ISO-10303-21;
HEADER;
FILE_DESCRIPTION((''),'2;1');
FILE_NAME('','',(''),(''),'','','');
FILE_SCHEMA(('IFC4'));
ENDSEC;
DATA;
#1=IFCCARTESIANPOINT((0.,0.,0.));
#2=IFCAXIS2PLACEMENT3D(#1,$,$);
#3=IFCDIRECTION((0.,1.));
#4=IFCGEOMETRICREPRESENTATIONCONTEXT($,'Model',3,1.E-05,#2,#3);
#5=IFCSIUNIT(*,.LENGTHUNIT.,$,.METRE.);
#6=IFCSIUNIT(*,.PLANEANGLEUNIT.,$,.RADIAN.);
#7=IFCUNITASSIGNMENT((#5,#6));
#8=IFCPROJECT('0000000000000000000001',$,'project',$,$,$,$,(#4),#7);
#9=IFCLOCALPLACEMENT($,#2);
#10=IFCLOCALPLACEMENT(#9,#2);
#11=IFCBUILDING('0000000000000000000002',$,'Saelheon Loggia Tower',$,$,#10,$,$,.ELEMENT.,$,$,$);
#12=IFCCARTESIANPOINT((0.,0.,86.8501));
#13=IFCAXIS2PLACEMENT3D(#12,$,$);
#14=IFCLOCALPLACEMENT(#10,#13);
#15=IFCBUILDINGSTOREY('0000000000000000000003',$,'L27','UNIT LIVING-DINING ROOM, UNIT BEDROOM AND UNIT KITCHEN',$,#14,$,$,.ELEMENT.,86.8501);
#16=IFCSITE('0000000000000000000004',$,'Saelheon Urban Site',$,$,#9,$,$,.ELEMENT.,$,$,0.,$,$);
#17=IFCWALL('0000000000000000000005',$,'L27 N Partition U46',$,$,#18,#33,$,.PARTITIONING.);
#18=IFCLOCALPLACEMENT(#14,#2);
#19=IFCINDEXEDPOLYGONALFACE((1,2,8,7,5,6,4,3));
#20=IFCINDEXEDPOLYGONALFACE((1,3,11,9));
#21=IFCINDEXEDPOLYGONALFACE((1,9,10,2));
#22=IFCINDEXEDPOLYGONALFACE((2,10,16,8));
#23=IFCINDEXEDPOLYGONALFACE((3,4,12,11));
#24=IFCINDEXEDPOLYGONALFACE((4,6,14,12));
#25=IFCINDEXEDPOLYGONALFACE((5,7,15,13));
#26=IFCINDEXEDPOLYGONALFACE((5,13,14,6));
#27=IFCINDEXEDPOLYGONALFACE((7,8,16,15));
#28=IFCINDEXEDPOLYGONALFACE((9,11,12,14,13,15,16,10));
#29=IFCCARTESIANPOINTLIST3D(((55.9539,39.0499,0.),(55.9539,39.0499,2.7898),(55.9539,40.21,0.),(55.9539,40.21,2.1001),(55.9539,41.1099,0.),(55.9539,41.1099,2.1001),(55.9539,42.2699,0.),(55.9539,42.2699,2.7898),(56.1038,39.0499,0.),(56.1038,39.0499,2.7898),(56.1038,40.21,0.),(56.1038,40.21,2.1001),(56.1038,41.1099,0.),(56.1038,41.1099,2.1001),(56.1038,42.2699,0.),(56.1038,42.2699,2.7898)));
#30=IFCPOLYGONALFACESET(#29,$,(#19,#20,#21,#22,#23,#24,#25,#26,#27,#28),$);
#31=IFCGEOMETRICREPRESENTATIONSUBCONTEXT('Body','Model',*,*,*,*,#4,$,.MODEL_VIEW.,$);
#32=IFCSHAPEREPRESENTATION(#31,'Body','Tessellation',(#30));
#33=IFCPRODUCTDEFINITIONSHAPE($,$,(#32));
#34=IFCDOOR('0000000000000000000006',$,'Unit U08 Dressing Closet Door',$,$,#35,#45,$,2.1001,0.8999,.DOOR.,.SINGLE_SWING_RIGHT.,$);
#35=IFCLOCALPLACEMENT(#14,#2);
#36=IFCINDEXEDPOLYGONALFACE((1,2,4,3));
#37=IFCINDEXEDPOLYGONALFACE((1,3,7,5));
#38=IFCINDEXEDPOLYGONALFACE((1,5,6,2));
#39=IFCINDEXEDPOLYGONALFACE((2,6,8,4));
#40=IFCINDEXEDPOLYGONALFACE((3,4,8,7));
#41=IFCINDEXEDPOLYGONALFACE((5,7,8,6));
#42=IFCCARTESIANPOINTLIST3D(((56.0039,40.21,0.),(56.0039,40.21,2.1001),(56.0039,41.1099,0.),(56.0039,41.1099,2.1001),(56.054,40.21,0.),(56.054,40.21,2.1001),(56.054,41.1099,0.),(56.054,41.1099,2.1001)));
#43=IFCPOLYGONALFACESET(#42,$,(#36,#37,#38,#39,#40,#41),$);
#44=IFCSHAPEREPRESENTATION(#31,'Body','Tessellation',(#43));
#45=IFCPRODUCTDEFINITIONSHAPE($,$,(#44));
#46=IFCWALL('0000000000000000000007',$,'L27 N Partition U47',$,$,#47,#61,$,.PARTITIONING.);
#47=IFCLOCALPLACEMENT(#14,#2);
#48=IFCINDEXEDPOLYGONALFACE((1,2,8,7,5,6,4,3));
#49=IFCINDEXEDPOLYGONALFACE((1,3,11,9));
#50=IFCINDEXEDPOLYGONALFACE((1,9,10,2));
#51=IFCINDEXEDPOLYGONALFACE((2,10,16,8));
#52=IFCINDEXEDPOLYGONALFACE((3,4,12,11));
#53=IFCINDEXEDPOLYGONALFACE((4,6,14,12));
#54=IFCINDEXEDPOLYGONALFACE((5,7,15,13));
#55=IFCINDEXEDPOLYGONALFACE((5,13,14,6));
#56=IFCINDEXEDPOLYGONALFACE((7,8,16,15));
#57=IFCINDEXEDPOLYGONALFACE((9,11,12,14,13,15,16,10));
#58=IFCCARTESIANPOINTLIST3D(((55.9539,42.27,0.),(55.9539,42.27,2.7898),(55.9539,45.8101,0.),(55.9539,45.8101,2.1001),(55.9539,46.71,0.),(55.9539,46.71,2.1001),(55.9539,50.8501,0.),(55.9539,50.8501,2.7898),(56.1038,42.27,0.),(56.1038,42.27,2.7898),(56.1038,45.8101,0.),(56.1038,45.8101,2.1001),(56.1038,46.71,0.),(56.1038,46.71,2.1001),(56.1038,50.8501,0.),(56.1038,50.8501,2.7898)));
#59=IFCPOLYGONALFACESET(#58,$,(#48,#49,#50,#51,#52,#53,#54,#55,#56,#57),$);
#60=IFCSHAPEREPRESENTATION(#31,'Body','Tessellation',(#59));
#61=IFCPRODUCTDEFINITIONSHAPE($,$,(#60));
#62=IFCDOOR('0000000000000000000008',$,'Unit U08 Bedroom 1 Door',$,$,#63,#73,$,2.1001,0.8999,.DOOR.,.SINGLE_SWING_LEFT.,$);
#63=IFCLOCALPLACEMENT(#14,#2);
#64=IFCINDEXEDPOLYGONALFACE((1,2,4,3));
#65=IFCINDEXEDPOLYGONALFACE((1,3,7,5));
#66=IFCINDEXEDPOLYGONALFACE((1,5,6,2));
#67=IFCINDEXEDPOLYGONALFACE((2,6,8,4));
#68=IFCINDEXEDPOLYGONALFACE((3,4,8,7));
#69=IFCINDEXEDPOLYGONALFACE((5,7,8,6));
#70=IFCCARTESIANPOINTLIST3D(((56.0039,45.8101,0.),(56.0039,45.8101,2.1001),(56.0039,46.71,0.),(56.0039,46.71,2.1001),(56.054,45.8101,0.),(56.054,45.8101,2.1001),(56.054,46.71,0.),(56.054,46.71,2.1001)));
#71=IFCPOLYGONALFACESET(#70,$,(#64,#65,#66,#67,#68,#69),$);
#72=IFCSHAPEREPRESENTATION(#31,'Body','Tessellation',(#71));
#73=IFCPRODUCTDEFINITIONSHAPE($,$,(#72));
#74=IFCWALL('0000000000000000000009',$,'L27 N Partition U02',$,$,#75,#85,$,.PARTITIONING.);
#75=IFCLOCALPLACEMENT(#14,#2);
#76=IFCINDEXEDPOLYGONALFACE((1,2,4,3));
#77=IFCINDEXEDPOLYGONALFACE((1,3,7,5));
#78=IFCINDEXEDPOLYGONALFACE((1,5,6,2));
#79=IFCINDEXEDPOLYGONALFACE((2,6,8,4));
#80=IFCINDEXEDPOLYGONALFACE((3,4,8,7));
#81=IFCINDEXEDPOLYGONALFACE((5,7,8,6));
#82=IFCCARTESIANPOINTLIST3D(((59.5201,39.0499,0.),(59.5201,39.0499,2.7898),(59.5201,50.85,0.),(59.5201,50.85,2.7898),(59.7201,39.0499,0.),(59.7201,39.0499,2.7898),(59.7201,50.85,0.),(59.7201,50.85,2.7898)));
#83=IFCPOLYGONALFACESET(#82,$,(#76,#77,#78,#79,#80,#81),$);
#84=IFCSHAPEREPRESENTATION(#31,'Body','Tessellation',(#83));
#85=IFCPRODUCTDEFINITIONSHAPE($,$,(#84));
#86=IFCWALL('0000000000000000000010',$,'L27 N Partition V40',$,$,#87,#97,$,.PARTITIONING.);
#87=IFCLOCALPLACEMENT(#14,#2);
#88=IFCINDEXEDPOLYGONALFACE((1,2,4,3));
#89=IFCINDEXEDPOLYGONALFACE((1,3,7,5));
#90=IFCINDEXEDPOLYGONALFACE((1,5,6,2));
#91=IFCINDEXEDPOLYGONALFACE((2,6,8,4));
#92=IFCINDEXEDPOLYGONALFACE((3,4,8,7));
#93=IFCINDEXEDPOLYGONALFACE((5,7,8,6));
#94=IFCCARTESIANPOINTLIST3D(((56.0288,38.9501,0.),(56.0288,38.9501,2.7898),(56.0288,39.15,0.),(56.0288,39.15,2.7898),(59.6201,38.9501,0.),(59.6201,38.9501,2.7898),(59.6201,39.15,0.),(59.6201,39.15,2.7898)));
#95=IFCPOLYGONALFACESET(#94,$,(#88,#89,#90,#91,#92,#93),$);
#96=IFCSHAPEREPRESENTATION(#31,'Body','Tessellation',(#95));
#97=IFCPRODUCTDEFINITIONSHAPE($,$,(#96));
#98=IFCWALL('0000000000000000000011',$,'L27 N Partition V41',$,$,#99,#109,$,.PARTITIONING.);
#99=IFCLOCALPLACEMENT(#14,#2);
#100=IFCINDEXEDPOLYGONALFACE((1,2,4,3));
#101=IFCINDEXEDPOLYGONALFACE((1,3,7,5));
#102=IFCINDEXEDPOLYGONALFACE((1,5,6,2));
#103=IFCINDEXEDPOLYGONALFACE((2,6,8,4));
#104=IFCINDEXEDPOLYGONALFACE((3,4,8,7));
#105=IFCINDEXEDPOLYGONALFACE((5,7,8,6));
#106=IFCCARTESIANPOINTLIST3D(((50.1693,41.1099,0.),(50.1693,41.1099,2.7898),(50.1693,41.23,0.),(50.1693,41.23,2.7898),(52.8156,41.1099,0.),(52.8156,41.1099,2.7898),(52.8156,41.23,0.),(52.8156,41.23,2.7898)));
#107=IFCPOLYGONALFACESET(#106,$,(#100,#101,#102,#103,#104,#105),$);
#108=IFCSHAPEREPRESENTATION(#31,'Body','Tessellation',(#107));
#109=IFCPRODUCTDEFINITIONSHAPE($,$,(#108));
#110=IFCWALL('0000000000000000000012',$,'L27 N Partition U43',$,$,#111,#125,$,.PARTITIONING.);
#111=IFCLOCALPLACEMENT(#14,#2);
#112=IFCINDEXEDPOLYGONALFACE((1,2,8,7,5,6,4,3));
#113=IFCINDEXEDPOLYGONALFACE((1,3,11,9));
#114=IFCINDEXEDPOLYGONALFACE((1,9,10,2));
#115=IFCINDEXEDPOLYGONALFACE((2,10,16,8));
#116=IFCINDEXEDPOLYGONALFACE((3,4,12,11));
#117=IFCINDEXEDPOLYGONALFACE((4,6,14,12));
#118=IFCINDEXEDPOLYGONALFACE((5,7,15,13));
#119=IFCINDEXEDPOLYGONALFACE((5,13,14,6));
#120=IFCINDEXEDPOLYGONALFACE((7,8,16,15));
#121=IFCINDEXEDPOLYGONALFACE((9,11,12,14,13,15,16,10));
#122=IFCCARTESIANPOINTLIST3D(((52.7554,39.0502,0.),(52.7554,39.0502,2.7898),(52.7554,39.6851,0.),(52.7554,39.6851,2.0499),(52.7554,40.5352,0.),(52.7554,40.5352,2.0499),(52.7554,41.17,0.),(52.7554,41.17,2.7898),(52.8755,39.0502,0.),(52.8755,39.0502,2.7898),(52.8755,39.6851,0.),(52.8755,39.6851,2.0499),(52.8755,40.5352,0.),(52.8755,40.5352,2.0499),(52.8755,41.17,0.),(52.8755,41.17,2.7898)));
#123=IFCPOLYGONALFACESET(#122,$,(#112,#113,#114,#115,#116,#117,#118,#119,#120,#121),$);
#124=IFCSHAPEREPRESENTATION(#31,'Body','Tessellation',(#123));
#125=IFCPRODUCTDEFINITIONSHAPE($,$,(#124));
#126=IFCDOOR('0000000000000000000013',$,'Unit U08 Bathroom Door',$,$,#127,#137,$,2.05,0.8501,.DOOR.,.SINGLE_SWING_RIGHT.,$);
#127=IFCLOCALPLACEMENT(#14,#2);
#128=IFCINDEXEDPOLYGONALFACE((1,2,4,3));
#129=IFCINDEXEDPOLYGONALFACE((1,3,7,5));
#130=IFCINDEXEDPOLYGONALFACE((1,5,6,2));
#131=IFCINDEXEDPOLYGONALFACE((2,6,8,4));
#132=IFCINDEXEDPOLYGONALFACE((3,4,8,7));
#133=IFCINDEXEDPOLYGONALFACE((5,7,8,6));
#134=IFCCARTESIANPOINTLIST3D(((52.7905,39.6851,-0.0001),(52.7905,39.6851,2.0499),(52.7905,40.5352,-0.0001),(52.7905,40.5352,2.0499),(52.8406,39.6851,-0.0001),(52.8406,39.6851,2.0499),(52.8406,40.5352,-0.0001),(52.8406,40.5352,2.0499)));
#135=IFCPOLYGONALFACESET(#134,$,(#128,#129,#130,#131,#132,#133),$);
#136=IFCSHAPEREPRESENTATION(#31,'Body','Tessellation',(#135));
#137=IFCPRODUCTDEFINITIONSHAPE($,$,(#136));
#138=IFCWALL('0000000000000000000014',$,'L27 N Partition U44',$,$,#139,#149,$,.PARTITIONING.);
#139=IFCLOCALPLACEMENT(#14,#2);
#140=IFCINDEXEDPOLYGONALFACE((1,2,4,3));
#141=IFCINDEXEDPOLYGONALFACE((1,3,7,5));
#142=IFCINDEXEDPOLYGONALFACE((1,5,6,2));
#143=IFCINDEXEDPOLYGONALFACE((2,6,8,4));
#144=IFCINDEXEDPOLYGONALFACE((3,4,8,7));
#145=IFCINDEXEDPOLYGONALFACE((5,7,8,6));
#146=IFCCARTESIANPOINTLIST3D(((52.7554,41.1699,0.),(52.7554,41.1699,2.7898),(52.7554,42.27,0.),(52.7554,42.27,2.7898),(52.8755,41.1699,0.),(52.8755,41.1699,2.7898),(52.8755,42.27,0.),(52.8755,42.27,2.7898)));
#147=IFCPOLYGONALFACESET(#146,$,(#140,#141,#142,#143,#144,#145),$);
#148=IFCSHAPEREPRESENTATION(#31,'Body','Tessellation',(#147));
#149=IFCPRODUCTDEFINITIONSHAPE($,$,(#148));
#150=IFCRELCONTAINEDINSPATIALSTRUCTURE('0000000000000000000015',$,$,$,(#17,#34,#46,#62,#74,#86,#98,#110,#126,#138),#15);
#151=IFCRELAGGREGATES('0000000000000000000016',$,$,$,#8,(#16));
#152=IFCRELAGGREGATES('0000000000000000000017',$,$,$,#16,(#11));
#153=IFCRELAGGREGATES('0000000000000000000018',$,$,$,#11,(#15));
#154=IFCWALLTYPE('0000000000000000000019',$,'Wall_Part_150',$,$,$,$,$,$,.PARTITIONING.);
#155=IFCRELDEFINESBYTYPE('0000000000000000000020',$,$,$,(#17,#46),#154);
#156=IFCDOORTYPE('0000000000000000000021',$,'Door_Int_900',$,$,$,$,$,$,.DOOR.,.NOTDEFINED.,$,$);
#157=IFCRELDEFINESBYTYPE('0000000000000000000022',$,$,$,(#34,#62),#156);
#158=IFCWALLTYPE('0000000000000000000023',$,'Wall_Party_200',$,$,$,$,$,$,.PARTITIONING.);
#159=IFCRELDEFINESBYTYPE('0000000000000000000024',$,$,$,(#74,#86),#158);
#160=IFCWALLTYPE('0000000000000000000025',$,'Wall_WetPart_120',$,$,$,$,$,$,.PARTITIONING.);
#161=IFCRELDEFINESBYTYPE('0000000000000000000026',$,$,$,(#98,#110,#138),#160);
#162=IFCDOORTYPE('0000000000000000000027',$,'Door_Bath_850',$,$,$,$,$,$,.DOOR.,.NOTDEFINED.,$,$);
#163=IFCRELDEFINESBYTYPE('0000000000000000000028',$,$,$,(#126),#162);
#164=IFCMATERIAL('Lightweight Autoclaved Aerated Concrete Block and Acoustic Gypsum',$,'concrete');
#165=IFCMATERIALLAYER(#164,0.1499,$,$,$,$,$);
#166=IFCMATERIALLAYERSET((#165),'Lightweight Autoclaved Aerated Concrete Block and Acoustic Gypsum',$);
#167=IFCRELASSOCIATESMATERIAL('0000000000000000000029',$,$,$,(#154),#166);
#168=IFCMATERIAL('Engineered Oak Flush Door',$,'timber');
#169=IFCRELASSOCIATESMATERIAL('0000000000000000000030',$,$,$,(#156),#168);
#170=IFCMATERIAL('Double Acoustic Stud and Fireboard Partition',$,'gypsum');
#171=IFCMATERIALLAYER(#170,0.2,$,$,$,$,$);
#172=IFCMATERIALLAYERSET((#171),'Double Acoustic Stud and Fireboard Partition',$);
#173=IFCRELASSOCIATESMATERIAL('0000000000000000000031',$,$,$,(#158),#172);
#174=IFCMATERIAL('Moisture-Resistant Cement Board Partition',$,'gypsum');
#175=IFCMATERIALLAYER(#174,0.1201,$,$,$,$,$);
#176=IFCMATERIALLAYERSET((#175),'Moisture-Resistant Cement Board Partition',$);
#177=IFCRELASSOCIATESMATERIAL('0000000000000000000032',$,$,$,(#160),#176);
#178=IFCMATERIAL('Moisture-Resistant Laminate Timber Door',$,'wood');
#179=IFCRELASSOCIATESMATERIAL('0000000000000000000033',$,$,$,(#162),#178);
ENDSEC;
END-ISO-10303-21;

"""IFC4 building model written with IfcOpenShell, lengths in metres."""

from ifc_helpers import new_model, si_unit, direction, frame, frame_2d, origin, place, context, subcontext, project, spatial, rectangle, extrude, source, transform, mapped, material, layer, layer_set, type_object, element, fill, save


model = new_model("IFC4")

# Units and contexts
model_context = context("Model", 3, precision=1e-05, world=origin(), true_north=direction((0.0, 1.0)))
body_context = subcontext(model_context, "Body", "Model", "MODEL_VIEW")
ifc_project = project(units=[si_unit("LENGTHUNIT", "METRE"), si_unit("PLANEANGLEUNIT", "RADIAN")], contexts=[model_context])

# Site, building, storey
site_placement = place(None, origin())
site = spatial("IfcSite", under=ifc_project, at=site_placement, Name="Saelheon Urban Site", CompositionType="ELEMENT", RefElevation=0.0)
building_placement = place(site_placement, origin())
building = spatial("IfcBuilding", under=site, at=building_placement, Name="Saelheon Loggia Tower", CompositionType="ELEMENT")
storey_placement = place(building_placement, frame((0.0, 0.0, 86.8501)))
storey = spatial("IfcBuildingStorey", under=building, at=storey_placement, Name="L27", Description="UNIT LIVING-DINING ROOM, UNIT BEDROOM AND UNIT KITCHEN", CompositionType="ELEMENT", Elevation=86.8501)

# Shared definitions
ifc_material_1 = material(Name="Lightweight Autoclaved Aerated Concrete Block and Acoustic Gypsum", Category="concrete")
ifc_layer_1 = layer(ifc_material_1, 0.1499)
ifc_layer_set_1 = layer_set([ifc_layer_1], Name="Lightweight Autoclaved Aerated Concrete Block and Acoustic Gypsum")
wall_type_1 = type_object("IfcWallType", Name="Wall_Part_150", PredefinedType="PARTITIONING", material=ifc_layer_set_1)
ifc_material_2 = material(Name="Engineered Oak Flush Door", Category="timber")
door_type_1 = type_object("IfcDoorType", Name="Door_Int_900", OperationType="NOTDEFINED", PredefinedType="DOOR", material=ifc_material_2)
shared_shape_1 = source(origin(), body_context, "Body", "SweptSolid", [
    extrude(rectangle(XDim=0.8999, YDim=2.1001, at=frame_2d((0.45, 1.05))), frame((0.0, 0.0249, 0.0), z_axis=(0.0, -1.0, 0.0), x_axis=(1.0, 0.0, 0.0)), (0.0, 0.0, 1.0), 0.05),
])

# Walls, openings, doors
wall_1_placement = place(storey_placement, frame((56.0288, 39.05, 0.0), z_axis=(0.0, 0.0, 1.0), x_axis=(0.0, 1.0, 0.0)))
wall_1 = element("IfcWall", 1, at=wall_1_placement, inside=storey, type_object=wall_type_1, Name="L27 N Partition U46", PredefinedType="PARTITIONING", context=body_context, shape_type="SweptSolid", body=[
    extrude(rectangle(XDim=3.22, YDim=0.1499, at=frame_2d((1.6099, 0.0))), origin(), (0.0, 0.0, 1.0), 2.7898),
])
opening_1_placement = place(wall_1_placement, frame((1.1599, 0.0, 0.0)))
opening_1 = element("IfcOpeningElement", 2, at=opening_1_placement, cuts=wall_1, PredefinedType="OPENING", context=body_context, shape_type="SweptSolid", body=[
    extrude(rectangle(XDim=0.8999, YDim=2.1001, at=frame_2d((0.45, 1.05))), frame((0.0, 0.0869, 0.0), z_axis=(0.0, -1.0, 0.0), x_axis=(1.0, 0.0, 0.0)), (0.0, 0.0, 1.0), 0.1738),
])
door_1_placement = place(opening_1_placement, origin())
door_1 = element("IfcDoor", 3, at=door_1_placement, inside=storey, type_object=door_type_1, Name="Unit U08 Dressing Closet Door", OperationType="SINGLE_SWING_RIGHT", OverallHeight=2.1001, OverallWidth=0.8999, PredefinedType="DOOR", context=body_context, shape_type="MappedRepresentation", body=[
    mapped(shared_shape_1, transform((0.0, 0.0, 0.0), scale=1.0)),
])
fill(opening_1, door_1)
wall_2_placement = place(storey_placement, frame((56.0288, 42.27, 0.0), z_axis=(0.0, 0.0, 1.0), x_axis=(0.0, 1.0, 0.0)))
wall_2 = element("IfcWall", 4, at=wall_2_placement, inside=storey, type_object=wall_type_1, Name="L27 N Partition U47", PredefinedType="PARTITIONING", context=body_context, shape_type="SweptSolid", body=[
    extrude(rectangle(XDim=8.5801, YDim=0.1499, at=frame_2d((4.29, 0.0))), origin(), (0.0, 0.0, 1.0), 2.7898),
])
opening_2_placement = place(wall_2_placement, frame((3.54, 0.0, 0.0)))
opening_2 = element("IfcOpeningElement", 5, at=opening_2_placement, cuts=wall_2, PredefinedType="OPENING", context=body_context, shape_type="SweptSolid", body=[
    extrude(rectangle(XDim=0.8999, YDim=2.1001, at=frame_2d((0.45, 1.05))), frame((0.0, 0.0869, 0.0), z_axis=(0.0, -1.0, 0.0), x_axis=(1.0, 0.0, 0.0)), (0.0, 0.0, 1.0), 0.1738),
])
door_2_placement = place(opening_2_placement, origin())
door_2 = element("IfcDoor", 6, at=door_2_placement, inside=storey, type_object=door_type_1, Name="Unit U08 Bedroom 1 Door", OperationType="SINGLE_SWING_LEFT", OverallHeight=2.1001, OverallWidth=0.8999, PredefinedType="DOOR", context=body_context, shape_type="MappedRepresentation", body=[
    mapped(shared_shape_1, transform((0.0, 0.0, 0.0), scale=1.0)),
])
fill(opening_2, door_2)

# Walls
ifc_material_3 = material(Name="Double Acoustic Stud and Fireboard Partition", Category="gypsum")
ifc_layer_2 = layer(ifc_material_3, 0.2)
ifc_layer_set_2 = layer_set([ifc_layer_2], Name="Double Acoustic Stud and Fireboard Partition")
wall_type_2 = type_object("IfcWallType", Name="Wall_Party_200", PredefinedType="PARTITIONING", material=ifc_layer_set_2)
wall_3_placement = place(storey_placement, frame((59.6201, 39.05, 0.0), z_axis=(0.0, 0.0, 1.0), x_axis=(0.0, 1.0, 0.0)))
element("IfcWall", 7, at=wall_3_placement, inside=storey, type_object=wall_type_2, Name="L27 N Partition U02", PredefinedType="PARTITIONING", context=body_context, shape_type="SweptSolid", body=[
    extrude(rectangle(XDim=11.8, YDim=0.2, at=frame_2d((5.8999, 0.0))), origin(), (0.0, 0.0, 1.0), 2.7898),
])
wall_4_placement = place(storey_placement, frame((56.0288, 39.05, 0.0), z_axis=(0.0, 0.0, 1.0), x_axis=(1.0, 0.0, 0.0)))
element("IfcWall", 8, at=wall_4_placement, inside=storey, type_object=wall_type_2, Name="L27 N Partition V40", PredefinedType="PARTITIONING", context=body_context, shape_type="SweptSolid", body=[
    extrude(rectangle(XDim=3.5913, YDim=0.2, at=frame_2d((1.7957, 0.0))), origin(), (0.0, 0.0, 1.0), 2.7898),
])
ifc_material_4 = material(Name="Moisture-Resistant Cement Board Partition", Category="gypsum")
ifc_layer_3 = layer(ifc_material_4, 0.1201)
ifc_layer_set_3 = layer_set([ifc_layer_3], Name="Moisture-Resistant Cement Board Partition")
wall_type_3 = type_object("IfcWallType", Name="Wall_WetPart_120", PredefinedType="PARTITIONING", material=ifc_layer_set_3)
wall_5_placement = place(storey_placement, frame((50.1692, 41.1699, 0.0), z_axis=(0.0, 0.0, 1.0), x_axis=(1.0, 0.0, 0.0)))
element("IfcWall", 9, at=wall_5_placement, inside=storey, type_object=wall_type_3, Name="L27 N Partition V41", PredefinedType="PARTITIONING", context=body_context, shape_type="SweptSolid", body=[
    extrude(rectangle(XDim=2.6462, YDim=0.1201, at=frame_2d((1.3232, 0.0))), origin(), (0.0, 0.0, 1.0), 2.7898),
])

# Wall, opening, door
wall_6_placement = place(storey_placement, frame((52.8154, 39.05, 0.0), z_axis=(0.0, 0.0, 1.0), x_axis=(0.0, 1.0, 0.0)))
wall_6 = element("IfcWall", 10, at=wall_6_placement, inside=storey, type_object=wall_type_3, Name="L27 N Partition U43", PredefinedType="PARTITIONING", context=body_context, shape_type="SweptSolid", body=[
    extrude(rectangle(XDim=2.1199, YDim=0.1201, at=frame_2d((1.0601, 0.0))), origin(), (0.0, 0.0, 1.0), 2.7898),
])
opening_3_placement = place(wall_6_placement, frame((0.635, 0.0, 0.0)))
opening_3 = element("IfcOpeningElement", 11, at=opening_3_placement, cuts=wall_6, PredefinedType="OPENING", context=body_context, shape_type="SweptSolid", body=[
    extrude(rectangle(XDim=0.8501, YDim=2.05, at=frame_2d((0.425, 1.0249))), frame((0.0, 0.072, 0.0), z_axis=(0.0, -1.0, 0.0), x_axis=(1.0, 0.0, 0.0)), (0.0, 0.0, 1.0), 0.144),
])
ifc_material_5 = material(Name="Moisture-Resistant Laminate Timber Door", Category="wood")
door_type_2 = type_object("IfcDoorType", Name="Door_Bath_850", OperationType="NOTDEFINED", PredefinedType="DOOR", material=ifc_material_5)
shared_shape_2 = source(origin(), body_context, "Body", "SweptSolid", [
    extrude(rectangle(XDim=0.8501, YDim=2.05, at=frame_2d((0.425, 1.0249))), frame((0.0, 0.0249, 0.0), z_axis=(0.0, -1.0, 0.0), x_axis=(1.0, 0.0, 0.0)), (0.0, 0.0, 1.0), 0.05),
])
door_3_placement = place(opening_3_placement, origin())
door_3 = element("IfcDoor", 12, at=door_3_placement, inside=storey, type_object=door_type_2, Name="Unit U08 Bathroom Door", OperationType="SINGLE_SWING_RIGHT", OverallHeight=2.05, OverallWidth=0.8501, PredefinedType="DOOR", context=body_context, shape_type="MappedRepresentation", body=[
    mapped(shared_shape_2, transform((0.0, 0.0, 0.0), scale=1.0)),
])
fill(opening_3, door_3)

# Wall
wall_7_placement = place(storey_placement, frame((52.8154, 41.1699, 0.0), z_axis=(0.0, 0.0, 1.0), x_axis=(0.0, 1.0, 0.0)))
element("IfcWall", 13, at=wall_7_placement, inside=storey, type_object=wall_type_3, Name="L27 N Partition U44", PredefinedType="PARTITIONING", context=body_context, shape_type="SweptSolid", body=[
    extrude(rectangle(XDim=1.1001, YDim=0.1201, at=frame_2d((0.55, 0.0))), origin(), (0.0, 0.0, 1.0), 2.7898),
])

save(model, "model.ifc")
